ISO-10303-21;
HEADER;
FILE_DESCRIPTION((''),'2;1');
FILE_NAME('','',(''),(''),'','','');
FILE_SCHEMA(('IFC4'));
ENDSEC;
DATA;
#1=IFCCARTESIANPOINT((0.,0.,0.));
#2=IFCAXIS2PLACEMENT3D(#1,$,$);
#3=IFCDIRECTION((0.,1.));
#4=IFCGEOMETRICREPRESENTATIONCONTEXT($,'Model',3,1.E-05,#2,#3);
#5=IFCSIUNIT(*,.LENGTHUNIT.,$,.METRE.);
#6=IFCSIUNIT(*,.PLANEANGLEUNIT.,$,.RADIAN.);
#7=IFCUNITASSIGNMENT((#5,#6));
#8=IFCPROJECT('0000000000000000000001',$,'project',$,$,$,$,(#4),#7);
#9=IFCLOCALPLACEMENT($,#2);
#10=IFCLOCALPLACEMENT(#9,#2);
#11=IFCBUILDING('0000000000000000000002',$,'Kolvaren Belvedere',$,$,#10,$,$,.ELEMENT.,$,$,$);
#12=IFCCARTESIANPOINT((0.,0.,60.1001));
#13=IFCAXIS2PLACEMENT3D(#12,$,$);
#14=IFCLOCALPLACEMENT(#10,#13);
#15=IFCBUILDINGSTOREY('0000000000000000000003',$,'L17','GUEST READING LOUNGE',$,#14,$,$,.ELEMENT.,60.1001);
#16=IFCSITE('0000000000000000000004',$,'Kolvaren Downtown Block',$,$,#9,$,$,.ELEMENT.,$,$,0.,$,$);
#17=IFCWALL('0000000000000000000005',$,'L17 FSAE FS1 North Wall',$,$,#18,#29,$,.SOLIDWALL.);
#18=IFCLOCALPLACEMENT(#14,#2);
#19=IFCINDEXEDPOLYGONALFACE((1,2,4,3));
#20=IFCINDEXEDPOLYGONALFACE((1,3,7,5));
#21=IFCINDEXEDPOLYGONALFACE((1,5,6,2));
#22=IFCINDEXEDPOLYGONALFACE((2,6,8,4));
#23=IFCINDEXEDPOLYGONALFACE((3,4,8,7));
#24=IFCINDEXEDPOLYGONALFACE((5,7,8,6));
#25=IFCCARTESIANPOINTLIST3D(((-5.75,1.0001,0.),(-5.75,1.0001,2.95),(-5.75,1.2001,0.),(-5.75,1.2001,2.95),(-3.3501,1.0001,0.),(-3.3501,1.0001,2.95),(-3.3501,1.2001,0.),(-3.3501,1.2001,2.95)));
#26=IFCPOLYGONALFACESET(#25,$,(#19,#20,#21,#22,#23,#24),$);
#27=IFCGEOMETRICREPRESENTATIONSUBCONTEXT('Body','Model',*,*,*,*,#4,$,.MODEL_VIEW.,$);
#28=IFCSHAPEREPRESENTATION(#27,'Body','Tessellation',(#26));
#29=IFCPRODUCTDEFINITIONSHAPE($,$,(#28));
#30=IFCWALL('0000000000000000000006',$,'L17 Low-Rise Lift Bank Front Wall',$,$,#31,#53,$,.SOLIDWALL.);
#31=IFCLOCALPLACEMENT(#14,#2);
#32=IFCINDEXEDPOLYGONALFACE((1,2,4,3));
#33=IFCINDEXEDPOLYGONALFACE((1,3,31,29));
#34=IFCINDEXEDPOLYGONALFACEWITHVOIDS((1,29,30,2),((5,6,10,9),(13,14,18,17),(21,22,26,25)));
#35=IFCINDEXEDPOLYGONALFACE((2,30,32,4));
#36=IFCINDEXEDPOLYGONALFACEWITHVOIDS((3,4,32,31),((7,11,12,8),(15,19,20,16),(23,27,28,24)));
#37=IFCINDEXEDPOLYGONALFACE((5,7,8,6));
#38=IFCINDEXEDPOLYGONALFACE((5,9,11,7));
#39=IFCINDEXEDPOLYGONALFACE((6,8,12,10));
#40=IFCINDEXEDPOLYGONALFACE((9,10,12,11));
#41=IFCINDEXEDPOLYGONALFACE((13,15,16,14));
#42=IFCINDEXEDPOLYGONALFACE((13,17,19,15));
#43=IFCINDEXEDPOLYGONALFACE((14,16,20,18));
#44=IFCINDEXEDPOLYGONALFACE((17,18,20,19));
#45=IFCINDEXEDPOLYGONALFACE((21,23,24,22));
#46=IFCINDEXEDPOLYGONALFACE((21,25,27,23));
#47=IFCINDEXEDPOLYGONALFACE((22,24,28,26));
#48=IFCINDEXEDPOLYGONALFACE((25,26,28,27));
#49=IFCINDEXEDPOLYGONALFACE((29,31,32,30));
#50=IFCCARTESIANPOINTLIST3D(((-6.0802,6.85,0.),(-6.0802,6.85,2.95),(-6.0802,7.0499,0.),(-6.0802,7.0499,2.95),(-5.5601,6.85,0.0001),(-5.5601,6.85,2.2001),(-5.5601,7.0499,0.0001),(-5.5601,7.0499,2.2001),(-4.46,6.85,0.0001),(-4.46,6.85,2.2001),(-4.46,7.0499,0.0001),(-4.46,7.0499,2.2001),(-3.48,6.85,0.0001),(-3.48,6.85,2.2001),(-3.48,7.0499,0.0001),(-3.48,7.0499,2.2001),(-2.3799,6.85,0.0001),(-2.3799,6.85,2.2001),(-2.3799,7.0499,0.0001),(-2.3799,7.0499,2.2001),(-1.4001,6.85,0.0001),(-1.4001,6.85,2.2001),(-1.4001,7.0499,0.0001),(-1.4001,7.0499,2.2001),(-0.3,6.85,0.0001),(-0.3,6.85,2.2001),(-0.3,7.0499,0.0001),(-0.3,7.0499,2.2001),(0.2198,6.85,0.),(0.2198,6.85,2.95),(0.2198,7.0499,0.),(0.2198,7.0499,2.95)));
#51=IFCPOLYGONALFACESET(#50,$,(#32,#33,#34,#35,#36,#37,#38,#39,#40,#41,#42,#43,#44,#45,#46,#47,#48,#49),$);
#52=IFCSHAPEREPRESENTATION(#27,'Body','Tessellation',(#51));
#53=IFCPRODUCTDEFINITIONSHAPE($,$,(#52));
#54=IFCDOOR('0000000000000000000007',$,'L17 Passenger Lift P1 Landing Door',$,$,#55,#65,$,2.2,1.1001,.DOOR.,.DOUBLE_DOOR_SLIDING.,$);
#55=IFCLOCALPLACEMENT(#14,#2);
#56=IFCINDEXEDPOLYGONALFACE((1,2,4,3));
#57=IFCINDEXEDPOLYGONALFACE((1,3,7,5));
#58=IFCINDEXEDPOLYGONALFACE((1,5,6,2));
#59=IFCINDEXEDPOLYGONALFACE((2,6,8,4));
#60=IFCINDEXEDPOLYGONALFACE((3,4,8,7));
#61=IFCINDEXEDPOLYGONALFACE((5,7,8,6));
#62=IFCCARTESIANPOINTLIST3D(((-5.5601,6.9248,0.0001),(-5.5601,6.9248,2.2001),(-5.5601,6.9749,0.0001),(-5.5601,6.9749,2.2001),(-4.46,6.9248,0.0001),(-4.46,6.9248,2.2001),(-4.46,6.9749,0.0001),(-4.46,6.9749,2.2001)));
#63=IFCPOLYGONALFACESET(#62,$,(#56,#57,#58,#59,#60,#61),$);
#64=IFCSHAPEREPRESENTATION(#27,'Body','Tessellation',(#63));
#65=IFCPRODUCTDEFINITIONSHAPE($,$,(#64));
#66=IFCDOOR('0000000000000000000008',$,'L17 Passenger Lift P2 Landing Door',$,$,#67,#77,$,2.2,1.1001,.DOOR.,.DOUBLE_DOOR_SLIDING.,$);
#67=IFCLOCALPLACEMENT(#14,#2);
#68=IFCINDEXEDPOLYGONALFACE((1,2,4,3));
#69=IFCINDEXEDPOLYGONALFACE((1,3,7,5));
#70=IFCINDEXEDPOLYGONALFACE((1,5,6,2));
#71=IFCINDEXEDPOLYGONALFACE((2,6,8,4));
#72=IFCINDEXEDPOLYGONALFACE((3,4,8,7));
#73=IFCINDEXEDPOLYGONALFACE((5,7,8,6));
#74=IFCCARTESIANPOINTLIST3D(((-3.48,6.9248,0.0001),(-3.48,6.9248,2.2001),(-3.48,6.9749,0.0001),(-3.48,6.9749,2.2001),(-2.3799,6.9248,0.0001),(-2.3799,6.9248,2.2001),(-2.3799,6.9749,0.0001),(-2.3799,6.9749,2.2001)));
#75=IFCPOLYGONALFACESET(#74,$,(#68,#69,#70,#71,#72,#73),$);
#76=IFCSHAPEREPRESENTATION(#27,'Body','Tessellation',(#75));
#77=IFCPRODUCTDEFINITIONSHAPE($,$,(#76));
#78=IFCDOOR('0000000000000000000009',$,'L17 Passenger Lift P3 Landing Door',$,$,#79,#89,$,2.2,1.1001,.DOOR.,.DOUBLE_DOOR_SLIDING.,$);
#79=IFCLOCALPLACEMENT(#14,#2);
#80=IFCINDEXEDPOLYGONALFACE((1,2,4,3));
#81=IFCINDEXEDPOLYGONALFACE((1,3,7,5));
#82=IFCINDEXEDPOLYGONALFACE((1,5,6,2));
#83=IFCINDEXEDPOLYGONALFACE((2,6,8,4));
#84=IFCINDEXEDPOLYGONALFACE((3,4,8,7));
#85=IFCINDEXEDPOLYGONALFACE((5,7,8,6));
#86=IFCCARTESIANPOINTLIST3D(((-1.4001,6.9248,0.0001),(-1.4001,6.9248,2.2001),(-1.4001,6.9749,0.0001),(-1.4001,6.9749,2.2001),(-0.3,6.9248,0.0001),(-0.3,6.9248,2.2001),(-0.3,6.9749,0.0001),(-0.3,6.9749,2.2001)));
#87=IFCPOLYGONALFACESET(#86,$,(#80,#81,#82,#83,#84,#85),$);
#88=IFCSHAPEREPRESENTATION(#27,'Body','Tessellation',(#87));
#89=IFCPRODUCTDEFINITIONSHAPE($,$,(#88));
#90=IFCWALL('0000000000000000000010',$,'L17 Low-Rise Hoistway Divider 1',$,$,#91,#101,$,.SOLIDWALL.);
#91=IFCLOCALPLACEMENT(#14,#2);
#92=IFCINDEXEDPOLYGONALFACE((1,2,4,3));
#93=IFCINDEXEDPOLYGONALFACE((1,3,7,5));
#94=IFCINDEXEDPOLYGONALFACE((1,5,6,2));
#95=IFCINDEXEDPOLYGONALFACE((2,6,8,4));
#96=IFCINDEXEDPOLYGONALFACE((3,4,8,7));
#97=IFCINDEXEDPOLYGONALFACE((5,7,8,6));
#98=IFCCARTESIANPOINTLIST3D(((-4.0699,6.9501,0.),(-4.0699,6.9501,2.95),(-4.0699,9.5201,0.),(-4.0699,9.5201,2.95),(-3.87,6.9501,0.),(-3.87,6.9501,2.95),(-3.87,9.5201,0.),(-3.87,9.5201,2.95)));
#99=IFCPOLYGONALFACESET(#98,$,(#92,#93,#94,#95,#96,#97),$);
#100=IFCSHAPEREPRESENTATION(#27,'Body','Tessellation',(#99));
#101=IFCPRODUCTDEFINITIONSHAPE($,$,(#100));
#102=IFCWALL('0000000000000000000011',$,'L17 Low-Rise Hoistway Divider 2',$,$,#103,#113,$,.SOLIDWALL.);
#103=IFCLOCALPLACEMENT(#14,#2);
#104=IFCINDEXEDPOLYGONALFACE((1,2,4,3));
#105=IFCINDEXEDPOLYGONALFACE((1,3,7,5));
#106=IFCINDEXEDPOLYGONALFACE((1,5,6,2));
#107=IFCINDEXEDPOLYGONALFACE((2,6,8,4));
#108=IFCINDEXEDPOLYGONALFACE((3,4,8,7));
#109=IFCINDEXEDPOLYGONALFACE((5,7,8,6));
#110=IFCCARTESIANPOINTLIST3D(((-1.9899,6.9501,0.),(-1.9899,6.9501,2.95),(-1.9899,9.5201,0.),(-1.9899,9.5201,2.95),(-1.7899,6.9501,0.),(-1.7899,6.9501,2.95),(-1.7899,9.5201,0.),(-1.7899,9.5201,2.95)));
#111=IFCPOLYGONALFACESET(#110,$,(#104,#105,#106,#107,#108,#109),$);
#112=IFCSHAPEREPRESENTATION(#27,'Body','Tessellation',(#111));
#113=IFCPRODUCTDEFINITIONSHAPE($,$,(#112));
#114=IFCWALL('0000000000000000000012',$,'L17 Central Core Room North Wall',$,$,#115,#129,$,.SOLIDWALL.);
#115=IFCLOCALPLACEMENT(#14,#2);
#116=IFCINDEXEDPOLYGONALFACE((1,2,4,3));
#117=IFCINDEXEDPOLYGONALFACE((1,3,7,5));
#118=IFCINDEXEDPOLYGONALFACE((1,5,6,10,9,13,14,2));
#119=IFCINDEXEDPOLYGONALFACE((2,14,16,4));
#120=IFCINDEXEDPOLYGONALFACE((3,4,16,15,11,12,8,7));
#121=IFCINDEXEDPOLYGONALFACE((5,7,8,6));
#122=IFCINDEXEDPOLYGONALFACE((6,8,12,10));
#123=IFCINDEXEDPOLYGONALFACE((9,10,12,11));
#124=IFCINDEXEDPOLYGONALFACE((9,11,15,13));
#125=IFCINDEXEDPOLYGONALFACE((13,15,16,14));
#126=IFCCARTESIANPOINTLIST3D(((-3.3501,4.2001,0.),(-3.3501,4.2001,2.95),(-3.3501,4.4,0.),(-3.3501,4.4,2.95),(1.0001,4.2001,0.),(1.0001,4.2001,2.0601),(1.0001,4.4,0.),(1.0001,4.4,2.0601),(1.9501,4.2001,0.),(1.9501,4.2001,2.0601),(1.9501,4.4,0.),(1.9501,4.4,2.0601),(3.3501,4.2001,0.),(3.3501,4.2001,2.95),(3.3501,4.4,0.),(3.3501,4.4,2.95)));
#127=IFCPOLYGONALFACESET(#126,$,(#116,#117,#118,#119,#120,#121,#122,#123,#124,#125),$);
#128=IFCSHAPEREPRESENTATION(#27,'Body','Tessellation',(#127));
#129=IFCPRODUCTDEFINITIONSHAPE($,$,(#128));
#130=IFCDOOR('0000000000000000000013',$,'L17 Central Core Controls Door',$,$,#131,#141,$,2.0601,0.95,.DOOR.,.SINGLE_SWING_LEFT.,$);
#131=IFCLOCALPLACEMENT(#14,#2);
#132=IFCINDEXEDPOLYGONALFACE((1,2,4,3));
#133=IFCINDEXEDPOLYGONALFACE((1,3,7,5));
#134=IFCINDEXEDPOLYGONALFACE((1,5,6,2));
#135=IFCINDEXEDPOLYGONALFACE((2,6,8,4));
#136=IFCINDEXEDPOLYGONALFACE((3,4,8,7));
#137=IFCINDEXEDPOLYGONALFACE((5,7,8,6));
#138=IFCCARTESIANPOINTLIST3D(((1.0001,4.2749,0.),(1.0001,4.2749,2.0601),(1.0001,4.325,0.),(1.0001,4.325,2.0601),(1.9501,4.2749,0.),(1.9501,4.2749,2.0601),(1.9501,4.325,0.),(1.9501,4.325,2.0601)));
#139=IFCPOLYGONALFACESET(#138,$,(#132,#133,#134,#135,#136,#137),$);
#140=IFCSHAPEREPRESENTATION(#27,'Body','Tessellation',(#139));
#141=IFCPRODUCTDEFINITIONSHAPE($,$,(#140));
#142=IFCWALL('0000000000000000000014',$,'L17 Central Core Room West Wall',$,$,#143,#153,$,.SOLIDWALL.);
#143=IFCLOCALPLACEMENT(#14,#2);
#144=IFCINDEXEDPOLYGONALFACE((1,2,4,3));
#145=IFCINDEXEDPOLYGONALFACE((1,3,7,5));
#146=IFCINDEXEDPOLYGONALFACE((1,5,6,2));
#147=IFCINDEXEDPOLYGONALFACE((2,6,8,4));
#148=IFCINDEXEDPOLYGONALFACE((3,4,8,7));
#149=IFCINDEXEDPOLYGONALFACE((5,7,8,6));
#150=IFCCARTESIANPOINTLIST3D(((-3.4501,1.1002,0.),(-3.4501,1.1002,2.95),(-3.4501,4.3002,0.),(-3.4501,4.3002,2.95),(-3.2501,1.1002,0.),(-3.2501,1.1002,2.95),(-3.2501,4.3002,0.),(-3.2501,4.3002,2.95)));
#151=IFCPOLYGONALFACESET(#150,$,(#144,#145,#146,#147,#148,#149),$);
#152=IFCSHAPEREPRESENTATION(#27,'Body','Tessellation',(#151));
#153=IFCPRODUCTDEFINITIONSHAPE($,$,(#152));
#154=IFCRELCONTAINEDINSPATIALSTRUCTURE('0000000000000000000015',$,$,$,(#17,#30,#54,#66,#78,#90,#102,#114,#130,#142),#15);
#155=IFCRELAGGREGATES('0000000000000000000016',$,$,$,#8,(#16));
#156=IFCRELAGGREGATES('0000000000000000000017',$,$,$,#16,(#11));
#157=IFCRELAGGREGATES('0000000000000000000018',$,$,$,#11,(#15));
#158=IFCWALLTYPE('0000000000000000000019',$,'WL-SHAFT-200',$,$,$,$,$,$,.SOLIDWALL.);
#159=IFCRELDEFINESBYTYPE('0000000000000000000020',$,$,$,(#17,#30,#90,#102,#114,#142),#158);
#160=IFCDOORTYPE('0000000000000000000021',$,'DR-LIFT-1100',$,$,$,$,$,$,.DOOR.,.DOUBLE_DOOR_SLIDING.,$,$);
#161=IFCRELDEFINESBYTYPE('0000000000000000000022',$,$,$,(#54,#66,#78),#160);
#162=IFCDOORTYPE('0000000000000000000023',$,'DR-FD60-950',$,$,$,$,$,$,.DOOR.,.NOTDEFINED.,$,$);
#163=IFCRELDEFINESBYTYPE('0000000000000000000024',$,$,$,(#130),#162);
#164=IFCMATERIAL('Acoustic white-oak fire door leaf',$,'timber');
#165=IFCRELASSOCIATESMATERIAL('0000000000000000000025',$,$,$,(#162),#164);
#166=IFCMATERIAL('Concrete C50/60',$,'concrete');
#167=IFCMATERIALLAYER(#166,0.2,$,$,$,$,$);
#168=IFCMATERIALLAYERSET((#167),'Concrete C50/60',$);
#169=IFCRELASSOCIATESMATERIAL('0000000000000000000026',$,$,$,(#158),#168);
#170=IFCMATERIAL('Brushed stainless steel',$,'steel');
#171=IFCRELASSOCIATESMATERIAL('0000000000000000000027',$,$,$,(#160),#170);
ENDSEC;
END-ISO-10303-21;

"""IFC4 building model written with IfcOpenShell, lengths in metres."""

from ifc_helpers import new_model, si_unit, direction, frame, frame_2d, origin, place, context, subcontext, project, spatial, rectangle, extrude, material, layer, layer_set, type_object, element, fill, save


model = new_model("IFC4")

# Units and contexts
model_context = context("Model", 3, precision=1e-05, world=origin(), true_north=direction((0.0, 1.0)))
body_context = subcontext(model_context, "Body", "Model", "MODEL_VIEW")
ifc_project = project(units=[si_unit("LENGTHUNIT", "METRE"), si_unit("PLANEANGLEUNIT", "RADIAN")], contexts=[model_context])

# Site, building, storey
site_placement = place(None, origin())
site = spatial("IfcSite", under=ifc_project, at=site_placement, Name="Kolvaren Downtown Block", CompositionType="ELEMENT", RefElevation=0.0)
building_placement = place(site_placement, origin())
building = spatial("IfcBuilding", under=site, at=building_placement, Name="Kolvaren Belvedere", CompositionType="ELEMENT")
storey_placement = place(building_placement, frame((0.0, 0.0, 60.1001)))
storey = spatial("IfcBuildingStorey", under=building, at=storey_placement, Name="L17", Description="GUEST READING LOUNGE", CompositionType="ELEMENT", Elevation=60.1001)

# Shared definitions
ifc_material_1 = material(Name="Acoustic white-oak fire door leaf", Category="timber")
door_type_1 = type_object("IfcDoorType", Name="DR-FD60-950", OperationType="NOTDEFINED", PredefinedType="DOOR", material=ifc_material_1)

# Wall
ifc_material_2 = material(Name="Concrete C50/60", Category="concrete")
ifc_layer_1 = layer(ifc_material_2, 0.2)
ifc_layer_set_1 = layer_set([ifc_layer_1], Name="Concrete C50/60")
wall_type_1 = type_object("IfcWallType", Name="WL-SHAFT-200", PredefinedType="SOLIDWALL", material=ifc_layer_set_1)
wall_1_placement = place(storey_placement, frame((-5.75, 1.1001, 0.0), z_axis=(0.0, 0.0, 1.0), x_axis=(1.0, 0.0, 0.0)))
element("IfcWall", 1, at=wall_1_placement, inside=storey, type_object=wall_type_1, Name="L17 FSAE FS1 North Wall", PredefinedType="SOLIDWALL", context=body_context, shape_type="SweptSolid", body=[
    extrude(rectangle(XDim=2.3999, YDim=0.2, at=frame_2d((1.2, 0.0))), origin(), (0.0, 0.0, 1.0), 2.95),
])

# Wall, openings, doors
wall_2_placement = place(storey_placement, frame((-6.0801, 6.95, 0.0), z_axis=(0.0, 0.0, 1.0), x_axis=(1.0, 0.0, 0.0)))
wall_2 = element("IfcWall", 2, at=wall_2_placement, inside=storey, type_object=wall_type_1, Name="L17 Low-Rise Lift Bank Front Wall", PredefinedType="SOLIDWALL", context=body_context, shape_type="SweptSolid", body=[
    extrude(rectangle(XDim=6.3, YDim=0.2, at=frame_2d((3.1499, 0.0))), origin(), (0.0, 0.0, 1.0), 2.95),
])
opening_1_placement = place(wall_2_placement, frame((0.52, 0.0, 0.0)))
opening_1 = element("IfcOpeningElement", 3, at=opening_1_placement, cuts=wall_2, PredefinedType="OPENING", context=body_context, shape_type="SweptSolid", body=[
    extrude(rectangle(XDim=1.1001, YDim=2.2, at=frame_2d((0.55, 1.1001))), frame((0.0, 0.1099, 0.0), z_axis=(0.0, -1.0, 0.0), x_axis=(1.0, 0.0, 0.0)), (0.0, 0.0, 1.0), 0.22),
])
opening_2_placement = place(wall_2_placement, frame((2.6001, 0.0, 0.0)))
opening_2 = element("IfcOpeningElement", 4, at=opening_2_placement, cuts=wall_2, PredefinedType="OPENING", context=body_context, shape_type="SweptSolid", body=[
    extrude(rectangle(XDim=1.1001, YDim=2.2, at=frame_2d((0.55, 1.1001))), frame((0.0, 0.1099, 0.0), z_axis=(0.0, -1.0, 0.0), x_axis=(1.0, 0.0, 0.0)), (0.0, 0.0, 1.0), 0.22),
])
opening_3_placement = place(wall_2_placement, frame((4.6799, 0.0, 0.0)))
opening_3 = element("IfcOpeningElement", 5, at=opening_3_placement, cuts=wall_2, PredefinedType="OPENING", context=body_context, shape_type="SweptSolid", body=[
    extrude(rectangle(XDim=1.1001, YDim=2.2, at=frame_2d((0.55, 1.1001))), frame((0.0, 0.1099, 0.0), z_axis=(0.0, -1.0, 0.0), x_axis=(1.0, 0.0, 0.0)), (0.0, 0.0, 1.0), 0.22),
])
ifc_material_3 = material(Name="Brushed stainless steel", Category="steel")
door_type_2 = type_object("IfcDoorType", Name="DR-LIFT-1100", OperationType="DOUBLE_DOOR_SLIDING", PredefinedType="DOOR", material=ifc_material_3)
door_1_placement = place(opening_1_placement, origin())
door_1 = element("IfcDoor", 6, at=door_1_placement, inside=storey, type_object=door_type_2, Name="L17 Passenger Lift P1 Landing Door", OperationType="DOUBLE_DOOR_SLIDING", OverallHeight=2.2, OverallWidth=1.1001, PredefinedType="DOOR", context=body_context, shape_type="SweptSolid", body=[
    extrude(rectangle(XDim=1.1001, YDim=2.2, at=frame_2d((0.55, 1.1001))), frame((0.0, 0.0249, 0.0), z_axis=(0.0, -1.0, 0.0), x_axis=(1.0, 0.0, 0.0)), (0.0, 0.0, 1.0), 0.05),
])
fill(opening_1, door_1)
door_2_placement = place(opening_2_placement, origin())
door_2 = element("IfcDoor", 7, at=door_2_placement, inside=storey, type_object=door_type_2, Name="L17 Passenger Lift P2 Landing Door", OperationType="DOUBLE_DOOR_SLIDING", OverallHeight=2.2, OverallWidth=1.1001, PredefinedType="DOOR", context=body_context, shape_type="SweptSolid", body=[
    extrude(rectangle(XDim=1.1001, YDim=2.2, at=frame_2d((0.55, 1.1001))), frame((0.0, 0.0249, 0.0), z_axis=(0.0, -1.0, 0.0), x_axis=(1.0, 0.0, 0.0)), (0.0, 0.0, 1.0), 0.05),
])
fill(opening_2, door_2)
door_3_placement = place(opening_3_placement, origin())
door_3 = element("IfcDoor", 8, at=door_3_placement, inside=storey, type_object=door_type_2, Name="L17 Passenger Lift P3 Landing Door", OperationType="DOUBLE_DOOR_SLIDING", OverallHeight=2.2, OverallWidth=1.1001, PredefinedType="DOOR", context=body_context, shape_type="SweptSolid", body=[
    extrude(rectangle(XDim=1.1001, YDim=2.2, at=frame_2d((0.55, 1.1001))), frame((0.0, 0.0249, 0.0), z_axis=(0.0, -1.0, 0.0), x_axis=(1.0, 0.0, 0.0)), (0.0, 0.0, 1.0), 0.05),
])
fill(opening_3, door_3)

# Walls
for number, where, z_axis, x_axis, name in (
    (9, (-3.97, 6.95, 0.0), (0.0, 0.0, 1.0), (0.0, 1.0, 0.0), "L17 Low-Rise Hoistway Divider 1"),
    (10, (-1.8899, 6.95, 0.0), (0.0, 0.0, 1.0), (0.0, 1.0, 0.0), "L17 Low-Rise Hoistway Divider 2"),
):
    element("IfcWall", number, at=place(storey_placement, frame(where, z_axis=z_axis, x_axis=x_axis)), inside=storey, type_object=wall_type_1, Name=name, PredefinedType="SOLIDWALL", context=body_context, shape_type="SweptSolid", body=[
        extrude(rectangle(XDim=2.5701, YDim=0.2, at=frame_2d((1.2852, 0.0))), origin(), (0.0, 0.0, 1.0), 2.95),
    ])

# Wall, opening, door
wall_3_placement = place(storey_placement, frame((-3.3501, 4.3, 0.0), z_axis=(0.0, 0.0, 1.0), x_axis=(1.0, 0.0, 0.0)))
wall_3 = element("IfcWall", 11, at=wall_3_placement, inside=storey, type_object=wall_type_1, Name="L17 Central Core Room North Wall", PredefinedType="SOLIDWALL", context=body_context, shape_type="SweptSolid", body=[
    extrude(rectangle(XDim=6.7002, YDim=0.2, at=frame_2d((3.3501, 0.0))), origin(), (0.0, 0.0, 1.0), 2.95),
])
opening_4_placement = place(wall_3_placement, frame((4.3501, 0.0, 0.0)))
opening_4 = element("IfcOpeningElement", 12, at=opening_4_placement, cuts=wall_3, PredefinedType="OPENING", context=body_context, shape_type="SweptSolid", body=[
    extrude(rectangle(XDim=0.95, YDim=2.0601, at=frame_2d((0.4751, 1.03))), frame((0.0, 0.1099, 0.0), z_axis=(0.0, -1.0, 0.0), x_axis=(1.0, 0.0, 0.0)), (0.0, 0.0, 1.0), 0.22),
])
door_4_placement = place(opening_4_placement, origin())
door_4 = element("IfcDoor", 13, at=door_4_placement, inside=storey, type_object=door_type_1, Name="L17 Central Core Controls Door", OperationType="SINGLE_SWING_LEFT", OverallHeight=2.0601, OverallWidth=0.95, PredefinedType="DOOR", context=body_context, shape_type="SweptSolid", body=[
    extrude(rectangle(XDim=0.95, YDim=2.0601, at=frame_2d((0.4751, 1.03))), frame((0.0, 0.0249, 0.0), z_axis=(0.0, -1.0, 0.0), x_axis=(1.0, 0.0, 0.0)), (0.0, 0.0, 1.0), 0.05),
])
fill(opening_4, door_4)

# Wall
wall_4_placement = place(storey_placement, frame((-3.3501, 1.1001, 0.0), z_axis=(0.0, 0.0, 1.0), x_axis=(0.0, 1.0, 0.0)))
element("IfcWall", 14, at=wall_4_placement, inside=storey, type_object=wall_type_1, Name="L17 Central Core Room West Wall", PredefinedType="SOLIDWALL", context=body_context, shape_type="SweptSolid", body=[
    extrude(rectangle(XDim=3.2, YDim=0.2, at=frame_2d((1.6001, 0.0))), origin(), (0.0, 0.0, 1.0), 2.95),
])

save(model, "model.ifc")
